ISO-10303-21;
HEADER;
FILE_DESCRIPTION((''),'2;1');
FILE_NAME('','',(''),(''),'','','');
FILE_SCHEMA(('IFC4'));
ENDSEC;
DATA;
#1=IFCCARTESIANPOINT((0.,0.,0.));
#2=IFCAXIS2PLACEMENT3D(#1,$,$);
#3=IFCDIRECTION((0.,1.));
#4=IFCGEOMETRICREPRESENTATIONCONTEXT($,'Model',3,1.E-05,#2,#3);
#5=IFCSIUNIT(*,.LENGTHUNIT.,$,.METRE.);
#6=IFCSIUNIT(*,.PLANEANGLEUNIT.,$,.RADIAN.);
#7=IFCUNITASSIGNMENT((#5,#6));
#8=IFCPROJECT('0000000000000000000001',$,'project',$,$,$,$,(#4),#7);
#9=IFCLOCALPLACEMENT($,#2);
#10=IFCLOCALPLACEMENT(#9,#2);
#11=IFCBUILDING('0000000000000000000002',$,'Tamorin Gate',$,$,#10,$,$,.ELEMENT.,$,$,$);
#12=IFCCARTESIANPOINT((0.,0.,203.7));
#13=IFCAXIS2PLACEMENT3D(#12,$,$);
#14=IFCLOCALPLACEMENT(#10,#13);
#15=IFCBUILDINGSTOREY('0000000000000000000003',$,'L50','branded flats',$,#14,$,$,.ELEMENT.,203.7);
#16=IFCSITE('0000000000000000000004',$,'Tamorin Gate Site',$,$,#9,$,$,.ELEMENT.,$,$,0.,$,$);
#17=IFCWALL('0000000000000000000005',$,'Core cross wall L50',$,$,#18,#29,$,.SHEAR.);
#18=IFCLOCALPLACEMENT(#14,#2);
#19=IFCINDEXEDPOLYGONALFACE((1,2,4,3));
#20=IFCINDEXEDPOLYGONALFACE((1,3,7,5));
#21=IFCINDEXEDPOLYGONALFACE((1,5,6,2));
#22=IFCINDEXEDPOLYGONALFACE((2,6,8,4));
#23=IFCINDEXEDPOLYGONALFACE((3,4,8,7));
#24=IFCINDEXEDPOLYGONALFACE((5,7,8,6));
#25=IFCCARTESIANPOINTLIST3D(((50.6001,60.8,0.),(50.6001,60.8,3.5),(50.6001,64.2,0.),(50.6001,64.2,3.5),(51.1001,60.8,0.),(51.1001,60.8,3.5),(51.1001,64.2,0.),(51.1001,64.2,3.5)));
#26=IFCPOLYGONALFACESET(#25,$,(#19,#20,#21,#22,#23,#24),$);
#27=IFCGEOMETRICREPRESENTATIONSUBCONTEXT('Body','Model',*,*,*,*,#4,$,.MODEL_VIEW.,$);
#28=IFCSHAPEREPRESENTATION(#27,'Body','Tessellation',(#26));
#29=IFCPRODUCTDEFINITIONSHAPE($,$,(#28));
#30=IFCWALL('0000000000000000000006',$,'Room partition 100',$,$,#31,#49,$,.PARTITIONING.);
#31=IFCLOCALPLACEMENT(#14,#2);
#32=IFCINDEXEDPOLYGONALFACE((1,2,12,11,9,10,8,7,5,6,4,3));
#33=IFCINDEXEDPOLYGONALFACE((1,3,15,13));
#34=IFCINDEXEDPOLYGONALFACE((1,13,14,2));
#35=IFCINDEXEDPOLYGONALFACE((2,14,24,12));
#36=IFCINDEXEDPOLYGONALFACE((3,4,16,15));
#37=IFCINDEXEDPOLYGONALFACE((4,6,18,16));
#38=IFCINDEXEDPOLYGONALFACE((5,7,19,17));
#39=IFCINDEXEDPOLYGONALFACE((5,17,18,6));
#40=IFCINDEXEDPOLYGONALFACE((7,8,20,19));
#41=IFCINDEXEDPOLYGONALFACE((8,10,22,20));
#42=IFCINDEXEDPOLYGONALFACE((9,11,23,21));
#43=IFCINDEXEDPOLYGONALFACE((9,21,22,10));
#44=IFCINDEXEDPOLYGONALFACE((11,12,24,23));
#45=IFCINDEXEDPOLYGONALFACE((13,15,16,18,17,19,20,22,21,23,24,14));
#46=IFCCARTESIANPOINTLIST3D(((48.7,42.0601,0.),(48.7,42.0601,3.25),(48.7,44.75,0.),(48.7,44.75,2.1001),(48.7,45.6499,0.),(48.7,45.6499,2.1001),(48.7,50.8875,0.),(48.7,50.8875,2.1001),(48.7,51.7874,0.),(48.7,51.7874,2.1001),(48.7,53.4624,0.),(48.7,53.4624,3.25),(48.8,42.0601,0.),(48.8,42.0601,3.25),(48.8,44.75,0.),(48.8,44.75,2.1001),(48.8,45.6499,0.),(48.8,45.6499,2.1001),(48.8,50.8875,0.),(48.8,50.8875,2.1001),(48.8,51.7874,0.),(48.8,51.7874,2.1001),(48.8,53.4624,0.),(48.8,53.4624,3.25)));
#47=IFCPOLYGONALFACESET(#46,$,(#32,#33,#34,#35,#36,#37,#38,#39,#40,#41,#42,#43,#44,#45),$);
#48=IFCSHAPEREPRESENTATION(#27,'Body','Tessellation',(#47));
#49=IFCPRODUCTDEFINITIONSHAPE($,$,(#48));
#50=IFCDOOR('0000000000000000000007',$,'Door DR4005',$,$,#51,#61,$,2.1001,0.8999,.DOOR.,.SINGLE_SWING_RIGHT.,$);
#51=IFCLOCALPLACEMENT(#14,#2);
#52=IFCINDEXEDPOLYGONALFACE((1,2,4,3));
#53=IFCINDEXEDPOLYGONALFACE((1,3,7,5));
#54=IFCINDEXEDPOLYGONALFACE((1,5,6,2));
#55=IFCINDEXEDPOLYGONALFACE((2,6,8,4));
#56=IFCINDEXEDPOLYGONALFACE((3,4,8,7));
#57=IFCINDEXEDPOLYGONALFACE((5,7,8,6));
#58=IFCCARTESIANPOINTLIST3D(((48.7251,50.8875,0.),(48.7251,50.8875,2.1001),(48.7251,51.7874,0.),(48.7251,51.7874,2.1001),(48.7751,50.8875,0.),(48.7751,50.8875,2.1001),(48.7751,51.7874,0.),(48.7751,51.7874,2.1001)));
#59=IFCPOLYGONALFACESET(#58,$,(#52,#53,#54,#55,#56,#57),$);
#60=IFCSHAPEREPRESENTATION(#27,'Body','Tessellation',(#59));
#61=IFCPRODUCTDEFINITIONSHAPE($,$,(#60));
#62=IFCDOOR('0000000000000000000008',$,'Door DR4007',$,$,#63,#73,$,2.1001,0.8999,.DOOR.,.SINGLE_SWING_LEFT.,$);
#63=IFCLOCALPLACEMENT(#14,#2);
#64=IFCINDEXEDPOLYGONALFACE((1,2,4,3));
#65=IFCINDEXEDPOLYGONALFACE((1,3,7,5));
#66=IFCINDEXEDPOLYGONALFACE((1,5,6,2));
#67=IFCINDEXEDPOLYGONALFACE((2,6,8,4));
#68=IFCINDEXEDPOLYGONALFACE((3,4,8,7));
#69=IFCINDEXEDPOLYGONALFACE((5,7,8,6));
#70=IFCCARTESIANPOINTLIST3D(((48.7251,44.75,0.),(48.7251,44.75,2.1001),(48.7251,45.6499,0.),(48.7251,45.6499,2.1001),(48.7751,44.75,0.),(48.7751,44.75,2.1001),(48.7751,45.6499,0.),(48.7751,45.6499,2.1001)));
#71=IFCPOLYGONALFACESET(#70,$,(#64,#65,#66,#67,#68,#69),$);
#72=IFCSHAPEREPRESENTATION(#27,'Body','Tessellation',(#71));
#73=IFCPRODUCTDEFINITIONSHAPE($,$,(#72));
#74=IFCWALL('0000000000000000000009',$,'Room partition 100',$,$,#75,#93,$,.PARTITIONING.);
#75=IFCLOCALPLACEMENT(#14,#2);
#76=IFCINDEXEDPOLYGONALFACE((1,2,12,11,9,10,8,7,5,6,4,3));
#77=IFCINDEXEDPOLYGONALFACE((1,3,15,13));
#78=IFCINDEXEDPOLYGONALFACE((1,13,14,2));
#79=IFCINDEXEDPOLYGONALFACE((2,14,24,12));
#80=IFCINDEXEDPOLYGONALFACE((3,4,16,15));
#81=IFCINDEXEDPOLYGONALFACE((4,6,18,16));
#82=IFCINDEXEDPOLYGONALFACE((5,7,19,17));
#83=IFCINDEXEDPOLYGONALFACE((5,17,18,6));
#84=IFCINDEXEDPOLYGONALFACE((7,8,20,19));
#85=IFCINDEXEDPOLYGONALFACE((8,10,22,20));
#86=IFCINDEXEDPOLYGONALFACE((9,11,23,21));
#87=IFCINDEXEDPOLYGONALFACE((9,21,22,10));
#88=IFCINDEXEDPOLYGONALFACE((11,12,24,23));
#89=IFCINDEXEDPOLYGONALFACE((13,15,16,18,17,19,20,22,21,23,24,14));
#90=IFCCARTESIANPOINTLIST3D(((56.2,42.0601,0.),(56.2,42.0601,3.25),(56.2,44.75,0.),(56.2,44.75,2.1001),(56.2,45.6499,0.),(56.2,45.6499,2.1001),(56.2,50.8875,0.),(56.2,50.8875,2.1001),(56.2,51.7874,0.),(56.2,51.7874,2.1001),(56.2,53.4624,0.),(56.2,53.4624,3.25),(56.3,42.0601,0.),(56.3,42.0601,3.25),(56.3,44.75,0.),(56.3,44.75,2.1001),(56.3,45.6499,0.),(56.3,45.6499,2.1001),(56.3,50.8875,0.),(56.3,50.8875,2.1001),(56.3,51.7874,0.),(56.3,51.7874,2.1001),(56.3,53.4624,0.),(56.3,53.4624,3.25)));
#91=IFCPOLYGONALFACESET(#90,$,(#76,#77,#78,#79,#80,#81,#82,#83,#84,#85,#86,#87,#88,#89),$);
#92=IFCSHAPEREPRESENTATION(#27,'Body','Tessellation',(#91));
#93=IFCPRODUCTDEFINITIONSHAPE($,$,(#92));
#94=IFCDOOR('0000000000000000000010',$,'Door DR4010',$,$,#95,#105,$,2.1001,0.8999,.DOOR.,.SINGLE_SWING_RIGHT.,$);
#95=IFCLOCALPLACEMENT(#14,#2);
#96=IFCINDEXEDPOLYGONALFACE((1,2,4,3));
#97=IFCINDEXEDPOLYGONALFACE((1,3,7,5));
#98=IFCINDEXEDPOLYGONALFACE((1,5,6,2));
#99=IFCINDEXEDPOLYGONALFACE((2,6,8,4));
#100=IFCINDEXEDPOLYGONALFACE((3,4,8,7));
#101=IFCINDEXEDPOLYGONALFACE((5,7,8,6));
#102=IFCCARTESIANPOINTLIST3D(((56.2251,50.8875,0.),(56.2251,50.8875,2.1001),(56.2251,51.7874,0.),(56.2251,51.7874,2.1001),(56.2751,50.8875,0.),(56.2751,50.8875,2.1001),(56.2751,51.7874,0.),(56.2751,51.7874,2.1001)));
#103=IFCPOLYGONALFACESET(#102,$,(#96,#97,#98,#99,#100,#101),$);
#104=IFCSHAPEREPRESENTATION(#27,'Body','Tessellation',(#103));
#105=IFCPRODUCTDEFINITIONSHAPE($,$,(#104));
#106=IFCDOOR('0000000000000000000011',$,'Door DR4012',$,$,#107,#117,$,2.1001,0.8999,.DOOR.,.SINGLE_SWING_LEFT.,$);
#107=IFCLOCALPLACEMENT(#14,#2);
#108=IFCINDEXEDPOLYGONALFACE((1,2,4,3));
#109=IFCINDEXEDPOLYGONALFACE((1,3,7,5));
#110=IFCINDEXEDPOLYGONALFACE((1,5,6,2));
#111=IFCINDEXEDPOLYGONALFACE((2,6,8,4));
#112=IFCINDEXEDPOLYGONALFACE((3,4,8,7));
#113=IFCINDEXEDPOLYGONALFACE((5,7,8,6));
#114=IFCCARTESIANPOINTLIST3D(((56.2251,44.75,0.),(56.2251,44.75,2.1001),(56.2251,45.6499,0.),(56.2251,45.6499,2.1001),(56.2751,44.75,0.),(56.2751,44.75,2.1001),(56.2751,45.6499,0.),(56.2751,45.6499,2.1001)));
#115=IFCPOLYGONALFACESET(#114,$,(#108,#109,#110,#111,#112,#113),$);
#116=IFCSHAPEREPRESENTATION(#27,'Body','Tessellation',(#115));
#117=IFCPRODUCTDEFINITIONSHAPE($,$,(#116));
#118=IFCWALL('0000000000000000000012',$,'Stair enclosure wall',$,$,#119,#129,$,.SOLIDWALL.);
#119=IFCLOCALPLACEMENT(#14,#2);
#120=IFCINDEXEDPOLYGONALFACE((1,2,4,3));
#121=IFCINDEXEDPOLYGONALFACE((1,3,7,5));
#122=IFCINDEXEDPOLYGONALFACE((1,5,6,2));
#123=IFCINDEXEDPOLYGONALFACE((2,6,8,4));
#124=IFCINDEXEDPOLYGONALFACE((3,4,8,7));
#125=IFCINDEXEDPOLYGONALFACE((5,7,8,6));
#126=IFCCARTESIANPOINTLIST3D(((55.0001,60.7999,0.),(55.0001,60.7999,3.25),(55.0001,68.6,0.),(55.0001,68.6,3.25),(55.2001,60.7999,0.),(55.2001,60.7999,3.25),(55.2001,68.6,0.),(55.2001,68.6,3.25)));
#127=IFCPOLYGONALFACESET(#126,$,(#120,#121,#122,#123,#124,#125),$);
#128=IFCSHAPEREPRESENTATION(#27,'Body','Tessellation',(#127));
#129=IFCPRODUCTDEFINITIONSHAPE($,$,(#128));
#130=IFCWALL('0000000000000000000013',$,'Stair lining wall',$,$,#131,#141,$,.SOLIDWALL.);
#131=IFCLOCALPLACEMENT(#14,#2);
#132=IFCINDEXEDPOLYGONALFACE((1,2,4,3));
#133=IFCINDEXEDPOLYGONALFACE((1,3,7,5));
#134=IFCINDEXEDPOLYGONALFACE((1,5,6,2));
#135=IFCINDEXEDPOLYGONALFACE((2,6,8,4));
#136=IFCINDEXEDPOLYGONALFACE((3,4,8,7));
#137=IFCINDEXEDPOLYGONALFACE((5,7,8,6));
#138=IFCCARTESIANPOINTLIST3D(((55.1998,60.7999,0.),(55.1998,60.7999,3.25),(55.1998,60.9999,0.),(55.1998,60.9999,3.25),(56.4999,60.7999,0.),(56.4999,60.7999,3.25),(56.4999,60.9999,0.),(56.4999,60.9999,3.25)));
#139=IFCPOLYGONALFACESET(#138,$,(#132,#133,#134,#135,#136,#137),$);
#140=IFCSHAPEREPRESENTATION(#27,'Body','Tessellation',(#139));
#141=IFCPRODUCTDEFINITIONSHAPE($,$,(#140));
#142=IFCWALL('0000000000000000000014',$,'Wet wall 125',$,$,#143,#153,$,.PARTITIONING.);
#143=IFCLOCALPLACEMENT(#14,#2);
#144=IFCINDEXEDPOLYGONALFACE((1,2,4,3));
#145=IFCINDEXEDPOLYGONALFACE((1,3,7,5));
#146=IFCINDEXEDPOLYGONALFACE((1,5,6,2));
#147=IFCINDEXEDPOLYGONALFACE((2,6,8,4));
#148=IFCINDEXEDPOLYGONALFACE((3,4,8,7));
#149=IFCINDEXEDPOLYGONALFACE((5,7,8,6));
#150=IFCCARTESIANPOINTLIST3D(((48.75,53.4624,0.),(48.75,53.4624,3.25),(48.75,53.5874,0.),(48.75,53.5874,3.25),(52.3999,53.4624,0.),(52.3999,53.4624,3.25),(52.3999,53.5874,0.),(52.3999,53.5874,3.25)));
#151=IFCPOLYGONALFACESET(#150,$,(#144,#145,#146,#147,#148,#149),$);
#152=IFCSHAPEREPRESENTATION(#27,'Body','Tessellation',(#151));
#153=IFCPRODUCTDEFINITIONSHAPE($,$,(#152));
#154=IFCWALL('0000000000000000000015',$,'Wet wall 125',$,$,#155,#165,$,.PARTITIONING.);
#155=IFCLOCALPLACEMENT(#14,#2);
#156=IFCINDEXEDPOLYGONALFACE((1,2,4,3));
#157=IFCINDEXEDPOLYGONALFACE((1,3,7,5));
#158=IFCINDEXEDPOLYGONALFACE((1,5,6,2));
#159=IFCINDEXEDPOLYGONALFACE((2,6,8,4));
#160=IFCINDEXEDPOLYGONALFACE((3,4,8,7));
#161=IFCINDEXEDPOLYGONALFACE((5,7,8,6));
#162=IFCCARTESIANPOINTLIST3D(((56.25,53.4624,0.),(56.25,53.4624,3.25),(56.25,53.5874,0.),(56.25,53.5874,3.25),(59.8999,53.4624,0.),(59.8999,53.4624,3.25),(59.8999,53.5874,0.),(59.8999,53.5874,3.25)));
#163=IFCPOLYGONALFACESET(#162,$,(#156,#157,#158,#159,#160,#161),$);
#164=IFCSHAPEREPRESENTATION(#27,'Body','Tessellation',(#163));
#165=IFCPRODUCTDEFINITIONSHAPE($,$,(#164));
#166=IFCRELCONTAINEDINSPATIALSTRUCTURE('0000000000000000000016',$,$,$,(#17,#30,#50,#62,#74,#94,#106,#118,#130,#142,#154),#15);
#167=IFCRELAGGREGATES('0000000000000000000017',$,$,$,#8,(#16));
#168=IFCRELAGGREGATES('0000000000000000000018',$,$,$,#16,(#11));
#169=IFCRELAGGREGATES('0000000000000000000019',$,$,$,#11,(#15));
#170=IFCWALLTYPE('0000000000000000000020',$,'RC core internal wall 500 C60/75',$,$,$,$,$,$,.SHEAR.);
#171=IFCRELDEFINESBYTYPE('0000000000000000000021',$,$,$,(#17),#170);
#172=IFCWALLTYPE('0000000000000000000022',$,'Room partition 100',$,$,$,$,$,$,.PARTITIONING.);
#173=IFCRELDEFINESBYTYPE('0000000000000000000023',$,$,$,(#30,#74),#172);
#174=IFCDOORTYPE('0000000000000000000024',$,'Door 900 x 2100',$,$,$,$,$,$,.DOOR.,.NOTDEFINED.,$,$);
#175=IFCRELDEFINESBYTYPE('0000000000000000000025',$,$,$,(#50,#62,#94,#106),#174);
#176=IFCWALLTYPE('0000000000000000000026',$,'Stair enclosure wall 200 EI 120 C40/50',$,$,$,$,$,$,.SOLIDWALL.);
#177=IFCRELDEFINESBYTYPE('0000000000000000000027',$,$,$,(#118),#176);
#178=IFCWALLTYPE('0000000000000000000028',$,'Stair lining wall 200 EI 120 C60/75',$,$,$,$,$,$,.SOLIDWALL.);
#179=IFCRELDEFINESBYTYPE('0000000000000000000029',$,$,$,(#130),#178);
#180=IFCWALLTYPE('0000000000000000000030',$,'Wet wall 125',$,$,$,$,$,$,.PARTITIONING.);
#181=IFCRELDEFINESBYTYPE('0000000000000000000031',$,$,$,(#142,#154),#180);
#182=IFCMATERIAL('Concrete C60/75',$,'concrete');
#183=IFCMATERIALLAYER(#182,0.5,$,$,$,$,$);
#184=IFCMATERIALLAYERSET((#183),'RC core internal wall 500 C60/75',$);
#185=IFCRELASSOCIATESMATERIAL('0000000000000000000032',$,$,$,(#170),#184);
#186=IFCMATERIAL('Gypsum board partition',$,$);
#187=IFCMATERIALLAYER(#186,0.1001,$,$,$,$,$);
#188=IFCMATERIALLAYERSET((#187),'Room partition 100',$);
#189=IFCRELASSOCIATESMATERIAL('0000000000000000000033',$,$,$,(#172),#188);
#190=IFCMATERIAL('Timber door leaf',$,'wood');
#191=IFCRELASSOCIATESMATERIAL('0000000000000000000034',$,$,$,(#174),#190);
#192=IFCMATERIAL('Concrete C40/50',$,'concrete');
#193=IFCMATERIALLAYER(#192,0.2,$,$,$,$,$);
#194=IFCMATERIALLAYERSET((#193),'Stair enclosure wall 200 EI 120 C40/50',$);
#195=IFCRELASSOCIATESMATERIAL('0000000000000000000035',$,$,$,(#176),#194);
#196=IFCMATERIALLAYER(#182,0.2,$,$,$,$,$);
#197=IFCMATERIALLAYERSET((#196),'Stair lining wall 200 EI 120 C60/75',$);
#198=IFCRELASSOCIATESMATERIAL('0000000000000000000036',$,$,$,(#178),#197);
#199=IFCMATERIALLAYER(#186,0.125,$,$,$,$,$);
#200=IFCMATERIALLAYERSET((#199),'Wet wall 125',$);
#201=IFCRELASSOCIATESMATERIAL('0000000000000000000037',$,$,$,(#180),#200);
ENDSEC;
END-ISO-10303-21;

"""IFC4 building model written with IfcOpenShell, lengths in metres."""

from ifc_helpers import new_model, si_unit, direction, frame, frame_2d, origin, place, context, subcontext, project, spatial, rectangle, extrude, material, layer, layer_set, type_object, element, fill, save


model = new_model("IFC4")

# Units and contexts
model_context = context("Model", 3, precision=1e-05, world=origin(), true_north=direction((0.0, 1.0)))
body_context = subcontext(model_context, "Body", "Model", "MODEL_VIEW")
ifc_project = project(units=[si_unit("LENGTHUNIT", "METRE"), si_unit("PLANEANGLEUNIT", "RADIAN")], contexts=[model_context])

# Site, building, storey
site_placement = place(None, origin())
site = spatial("IfcSite", under=ifc_project, at=site_placement, Name="Tamorin Gate Site", CompositionType="ELEMENT", RefElevation=0.0)
building_placement = place(site_placement, origin())
building = spatial("IfcBuilding", under=site, at=building_placement, Name="Tamorin Gate", CompositionType="ELEMENT")
storey_placement = place(building_placement, frame((0.0, 0.0, 203.7)))
storey = spatial("IfcBuildingStorey", under=building, at=storey_placement, Name="L50", Description="branded flats", CompositionType="ELEMENT", Elevation=203.7)

# Shared definitions
ifc_material_1 = material(Name="Concrete C60/75", Category="concrete")

# Wall
ifc_material_2 = material(Name="Gypsum board partition")
ifc_layer_1 = layer(ifc_material_1, 0.5)
ifc_layer_set_1 = layer_set([ifc_layer_1], Name="RC core internal wall 500 C60/75")
wall_type_1 = type_object("IfcWallType", Name="RC core internal wall 500 C60/75", PredefinedType="SHEAR", material=ifc_layer_set_1)
wall_1_placement = place(storey_placement, frame((50.8501, 60.8, 0.0), z_axis=(0.0, 0.0, 1.0), x_axis=(0.0, 1.0, 0.0)))
element("IfcWall", 1, at=wall_1_placement, inside=storey, type_object=wall_type_1, Name="Core cross wall L50", PredefinedType="SHEAR", context=body_context, shape_type="SweptSolid", body=[
    extrude(rectangle(XDim=3.3999, YDim=0.5, at=frame_2d((1.7, 0.0))), origin(), (0.0, 0.0, 1.0), 3.5),
])

# Walls, openings, doors
ifc_layer_2 = layer(ifc_material_2, 0.1001)
ifc_layer_set_2 = layer_set([ifc_layer_2], Name="Room partition 100")
wall_type_2 = type_object("IfcWallType", Name="Room partition 100", PredefinedType="PARTITIONING", material=ifc_layer_set_2)
wall_2_placement = place(storey_placement, frame((48.75, 42.0601, 0.0), z_axis=(0.0, 0.0, 1.0), x_axis=(0.0, 1.0, 0.0)))
wall_2 = element("IfcWall", 2, at=wall_2_placement, inside=storey, type_object=wall_type_2, Name="Room partition 100", PredefinedType="PARTITIONING", context=body_context, shape_type="SweptSolid", body=[
    extrude(rectangle(XDim=11.4023, YDim=0.1001, at=frame_2d((5.7012, 0.0))), origin(), (0.0, 0.0, 1.0), 3.25),
])
opening_1_placement = place(wall_2_placement, frame((8.8274, 0.0, 0.0)))
opening_1 = element("IfcOpeningElement", 3, at=opening_1_placement, cuts=wall_2, PredefinedType="OPENING", context=body_context, shape_type="SweptSolid", body=[
    extrude(rectangle(XDim=0.8999, YDim=2.1001, at=frame_2d((0.45, 1.05))), frame((0.0, 0.0601, 0.0), z_axis=(0.0, -1.0, 0.0), x_axis=(1.0, 0.0, 0.0)), (0.0, 0.0, 1.0), 0.1201),
])
opening_2_placement = place(wall_2_placement, frame((2.6899, 0.0, 0.0)))
opening_2 = element("IfcOpeningElement", 4, at=opening_2_placement, cuts=wall_2, PredefinedType="OPENING", context=body_context, shape_type="SweptSolid", body=[
    extrude(rectangle(XDim=0.8999, YDim=2.1001, at=frame_2d((0.45, 1.05))), frame((0.0, 0.0601, 0.0), z_axis=(0.0, -1.0, 0.0), x_axis=(1.0, 0.0, 0.0)), (0.0, 0.0, 1.0), 0.1201),
])
ifc_material_3 = material(Name="Timber door leaf", Category="wood")
door_type = type_object("IfcDoorType", Name="Door 900 x 2100", OperationType="NOTDEFINED", PredefinedType="DOOR", material=ifc_material_3)
door_1_placement = place(opening_1_placement, origin())
door_1 = element("IfcDoor", 5, at=door_1_placement, inside=storey, type_object=door_type, Name="Door DR4005", OperationType="SINGLE_SWING_RIGHT", OverallHeight=2.1001, OverallWidth=0.8999, PredefinedType="DOOR", context=body_context, shape_type="SweptSolid", body=[
    extrude(rectangle(XDim=0.8999, YDim=2.1001, at=frame_2d((0.45, 1.05))), frame((0.0, 0.0249, 0.0), z_axis=(0.0, -1.0, 0.0), x_axis=(1.0, 0.0, 0.0)), (0.0, 0.0, 1.0), 0.05),
])
fill(opening_1, door_1)
door_2_placement = place(opening_2_placement, origin())
door_2 = element("IfcDoor", 6, at=door_2_placement, inside=storey, type_object=door_type, Name="Door DR4007", OperationType="SINGLE_SWING_LEFT", OverallHeight=2.1001, OverallWidth=0.8999, PredefinedType="DOOR", context=body_context, shape_type="SweptSolid", body=[
    extrude(rectangle(XDim=0.8999, YDim=2.1001, at=frame_2d((0.45, 1.05))), frame((0.0, 0.0249, 0.0), z_axis=(0.0, -1.0, 0.0), x_axis=(1.0, 0.0, 0.0)), (0.0, 0.0, 1.0), 0.05),
])
fill(opening_2, door_2)
wall_3_placement = place(storey_placement, frame((56.25, 42.0601, 0.0), z_axis=(0.0, 0.0, 1.0), x_axis=(0.0, 1.0, 0.0)))
wall_3 = element("IfcWall", 7, at=wall_3_placement, inside=storey, type_object=wall_type_2, Name="Room partition 100", PredefinedType="PARTITIONING", context=body_context, shape_type="SweptSolid", body=[
    extrude(rectangle(XDim=11.4023, YDim=0.1001, at=frame_2d((5.7012, 0.0))), origin(), (0.0, 0.0, 1.0), 3.25),
])
opening_3_placement = place(wall_3_placement, frame((8.8274, 0.0, 0.0)))
opening_3 = element("IfcOpeningElement", 8, at=opening_3_placement, cuts=wall_3, PredefinedType="OPENING", context=body_context, shape_type="SweptSolid", body=[
    extrude(rectangle(XDim=0.8999, YDim=2.1001, at=frame_2d((0.45, 1.05))), frame((0.0, 0.0601, 0.0), z_axis=(0.0, -1.0, 0.0), x_axis=(1.0, 0.0, 0.0)), (0.0, 0.0, 1.0), 0.1201),
])
opening_4_placement = place(wall_3_placement, frame((2.6899, 0.0, 0.0)))
opening_4 = element("IfcOpeningElement", 9, at=opening_4_placement, cuts=wall_3, PredefinedType="OPENING", context=body_context, shape_type="SweptSolid", body=[
    extrude(rectangle(XDim=0.8999, YDim=2.1001, at=frame_2d((0.45, 1.05))), frame((0.0, 0.0601, 0.0), z_axis=(0.0, -1.0, 0.0), x_axis=(1.0, 0.0, 0.0)), (0.0, 0.0, 1.0), 0.1201),
])
door_3_placement = place(opening_3_placement, origin())
door_3 = element("IfcDoor", 10, at=door_3_placement, inside=storey, type_object=door_type, Name="Door DR4010", OperationType="SINGLE_SWING_RIGHT", OverallHeight=2.1001, OverallWidth=0.8999, PredefinedType="DOOR", context=body_context, shape_type="SweptSolid", body=[
    extrude(rectangle(XDim=0.8999, YDim=2.1001, at=frame_2d((0.45, 1.05))), frame((0.0, 0.0249, 0.0), z_axis=(0.0, -1.0, 0.0), x_axis=(1.0, 0.0, 0.0)), (0.0, 0.0, 1.0), 0.05),
])
fill(opening_3, door_3)
door_4_placement = place(opening_4_placement, origin())
door_4 = element("IfcDoor", 11, at=door_4_placement, inside=storey, type_object=door_type, Name="Door DR4012", OperationType="SINGLE_SWING_LEFT", OverallHeight=2.1001, OverallWidth=0.8999, PredefinedType="DOOR", context=body_context, shape_type="SweptSolid", body=[
    extrude(rectangle(XDim=0.8999, YDim=2.1001, at=frame_2d((0.45, 1.05))), frame((0.0, 0.0249, 0.0), z_axis=(0.0, -1.0, 0.0), x_axis=(1.0, 0.0, 0.0)), (0.0, 0.0, 1.0), 0.05),
])
fill(opening_4, door_4)

# Walls
ifc_material_4 = material(Name="Concrete C40/50", Category="concrete")
ifc_layer_3 = layer(ifc_material_4, 0.2)
ifc_layer_set_3 = layer_set([ifc_layer_3], Name="Stair enclosure wall 200 EI 120 C40/50")
wall_type_3 = type_object("IfcWallType", Name="Stair enclosure wall 200 EI 120 C40/50", PredefinedType="SOLIDWALL", material=ifc_layer_set_3)
wall_4_placement = place(storey_placement, frame((55.1001, 60.8, 0.0), z_axis=(0.0, 0.0, 1.0), x_axis=(0.0, 1.0, 0.0)))
element("IfcWall", 12, at=wall_4_placement, inside=storey, type_object=wall_type_3, Name="Stair enclosure wall", PredefinedType="SOLIDWALL", context=body_context, shape_type="SweptSolid", body=[
    extrude(rectangle(XDim=7.8, YDim=0.2, at=frame_2d((3.8999, 0.0))), origin(), (0.0, 0.0, 1.0), 3.25),
])
ifc_layer_4 = layer(ifc_material_1, 0.2)
ifc_layer_set_4 = layer_set([ifc_layer_4], Name="Stair lining wall 200 EI 120 C60/75")
wall_type_4 = type_object("IfcWallType", Name="Stair lining wall 200 EI 120 C60/75", PredefinedType="SOLIDWALL", material=ifc_layer_set_4)
wall_5_placement = place(storey_placement, frame((55.2, 60.8999, 0.0), z_axis=(0.0, 0.0, 1.0), x_axis=(1.0, 0.0, 0.0)))
element("IfcWall", 13, at=wall_5_placement, inside=storey, type_object=wall_type_4, Name="Stair lining wall", PredefinedType="SOLIDWALL", context=body_context, shape_type="SweptSolid", body=[
    extrude(rectangle(XDim=1.3, YDim=0.2, at=frame_2d((0.6499, 0.0))), origin(), (0.0, 0.0, 1.0), 3.25),
])
ifc_layer_5 = layer(ifc_material_2, 0.125)
ifc_layer_set_5 = layer_set([ifc_layer_5], Name="Wet wall 125")
wall_type_5 = type_object("IfcWallType", Name="Wet wall 125", PredefinedType="PARTITIONING", material=ifc_layer_set_5)
for number, where, z_axis, x_axis, name in (
    (14, (48.75, 53.5249, 0.0), (0.0, 0.0, 1.0), (1.0, 0.0, 0.0), "Wet wall 125"),
    (15, (56.25, 53.5249, 0.0), (0.0, 0.0, 1.0), (1.0, 0.0, 0.0), "Wet wall 125"),
):
    element("IfcWall", number, at=place(storey_placement, frame(where, z_axis=z_axis, x_axis=x_axis)), inside=storey, type_object=wall_type_5, Name=name, PredefinedType="PARTITIONING", context=body_context, shape_type="SweptSolid", body=[
        extrude(rectangle(XDim=3.6499, YDim=0.125, at=frame_2d((1.825, 0.0))), origin(), (0.0, 0.0, 1.0), 3.25),
    ])

save(model, "model.ifc")
